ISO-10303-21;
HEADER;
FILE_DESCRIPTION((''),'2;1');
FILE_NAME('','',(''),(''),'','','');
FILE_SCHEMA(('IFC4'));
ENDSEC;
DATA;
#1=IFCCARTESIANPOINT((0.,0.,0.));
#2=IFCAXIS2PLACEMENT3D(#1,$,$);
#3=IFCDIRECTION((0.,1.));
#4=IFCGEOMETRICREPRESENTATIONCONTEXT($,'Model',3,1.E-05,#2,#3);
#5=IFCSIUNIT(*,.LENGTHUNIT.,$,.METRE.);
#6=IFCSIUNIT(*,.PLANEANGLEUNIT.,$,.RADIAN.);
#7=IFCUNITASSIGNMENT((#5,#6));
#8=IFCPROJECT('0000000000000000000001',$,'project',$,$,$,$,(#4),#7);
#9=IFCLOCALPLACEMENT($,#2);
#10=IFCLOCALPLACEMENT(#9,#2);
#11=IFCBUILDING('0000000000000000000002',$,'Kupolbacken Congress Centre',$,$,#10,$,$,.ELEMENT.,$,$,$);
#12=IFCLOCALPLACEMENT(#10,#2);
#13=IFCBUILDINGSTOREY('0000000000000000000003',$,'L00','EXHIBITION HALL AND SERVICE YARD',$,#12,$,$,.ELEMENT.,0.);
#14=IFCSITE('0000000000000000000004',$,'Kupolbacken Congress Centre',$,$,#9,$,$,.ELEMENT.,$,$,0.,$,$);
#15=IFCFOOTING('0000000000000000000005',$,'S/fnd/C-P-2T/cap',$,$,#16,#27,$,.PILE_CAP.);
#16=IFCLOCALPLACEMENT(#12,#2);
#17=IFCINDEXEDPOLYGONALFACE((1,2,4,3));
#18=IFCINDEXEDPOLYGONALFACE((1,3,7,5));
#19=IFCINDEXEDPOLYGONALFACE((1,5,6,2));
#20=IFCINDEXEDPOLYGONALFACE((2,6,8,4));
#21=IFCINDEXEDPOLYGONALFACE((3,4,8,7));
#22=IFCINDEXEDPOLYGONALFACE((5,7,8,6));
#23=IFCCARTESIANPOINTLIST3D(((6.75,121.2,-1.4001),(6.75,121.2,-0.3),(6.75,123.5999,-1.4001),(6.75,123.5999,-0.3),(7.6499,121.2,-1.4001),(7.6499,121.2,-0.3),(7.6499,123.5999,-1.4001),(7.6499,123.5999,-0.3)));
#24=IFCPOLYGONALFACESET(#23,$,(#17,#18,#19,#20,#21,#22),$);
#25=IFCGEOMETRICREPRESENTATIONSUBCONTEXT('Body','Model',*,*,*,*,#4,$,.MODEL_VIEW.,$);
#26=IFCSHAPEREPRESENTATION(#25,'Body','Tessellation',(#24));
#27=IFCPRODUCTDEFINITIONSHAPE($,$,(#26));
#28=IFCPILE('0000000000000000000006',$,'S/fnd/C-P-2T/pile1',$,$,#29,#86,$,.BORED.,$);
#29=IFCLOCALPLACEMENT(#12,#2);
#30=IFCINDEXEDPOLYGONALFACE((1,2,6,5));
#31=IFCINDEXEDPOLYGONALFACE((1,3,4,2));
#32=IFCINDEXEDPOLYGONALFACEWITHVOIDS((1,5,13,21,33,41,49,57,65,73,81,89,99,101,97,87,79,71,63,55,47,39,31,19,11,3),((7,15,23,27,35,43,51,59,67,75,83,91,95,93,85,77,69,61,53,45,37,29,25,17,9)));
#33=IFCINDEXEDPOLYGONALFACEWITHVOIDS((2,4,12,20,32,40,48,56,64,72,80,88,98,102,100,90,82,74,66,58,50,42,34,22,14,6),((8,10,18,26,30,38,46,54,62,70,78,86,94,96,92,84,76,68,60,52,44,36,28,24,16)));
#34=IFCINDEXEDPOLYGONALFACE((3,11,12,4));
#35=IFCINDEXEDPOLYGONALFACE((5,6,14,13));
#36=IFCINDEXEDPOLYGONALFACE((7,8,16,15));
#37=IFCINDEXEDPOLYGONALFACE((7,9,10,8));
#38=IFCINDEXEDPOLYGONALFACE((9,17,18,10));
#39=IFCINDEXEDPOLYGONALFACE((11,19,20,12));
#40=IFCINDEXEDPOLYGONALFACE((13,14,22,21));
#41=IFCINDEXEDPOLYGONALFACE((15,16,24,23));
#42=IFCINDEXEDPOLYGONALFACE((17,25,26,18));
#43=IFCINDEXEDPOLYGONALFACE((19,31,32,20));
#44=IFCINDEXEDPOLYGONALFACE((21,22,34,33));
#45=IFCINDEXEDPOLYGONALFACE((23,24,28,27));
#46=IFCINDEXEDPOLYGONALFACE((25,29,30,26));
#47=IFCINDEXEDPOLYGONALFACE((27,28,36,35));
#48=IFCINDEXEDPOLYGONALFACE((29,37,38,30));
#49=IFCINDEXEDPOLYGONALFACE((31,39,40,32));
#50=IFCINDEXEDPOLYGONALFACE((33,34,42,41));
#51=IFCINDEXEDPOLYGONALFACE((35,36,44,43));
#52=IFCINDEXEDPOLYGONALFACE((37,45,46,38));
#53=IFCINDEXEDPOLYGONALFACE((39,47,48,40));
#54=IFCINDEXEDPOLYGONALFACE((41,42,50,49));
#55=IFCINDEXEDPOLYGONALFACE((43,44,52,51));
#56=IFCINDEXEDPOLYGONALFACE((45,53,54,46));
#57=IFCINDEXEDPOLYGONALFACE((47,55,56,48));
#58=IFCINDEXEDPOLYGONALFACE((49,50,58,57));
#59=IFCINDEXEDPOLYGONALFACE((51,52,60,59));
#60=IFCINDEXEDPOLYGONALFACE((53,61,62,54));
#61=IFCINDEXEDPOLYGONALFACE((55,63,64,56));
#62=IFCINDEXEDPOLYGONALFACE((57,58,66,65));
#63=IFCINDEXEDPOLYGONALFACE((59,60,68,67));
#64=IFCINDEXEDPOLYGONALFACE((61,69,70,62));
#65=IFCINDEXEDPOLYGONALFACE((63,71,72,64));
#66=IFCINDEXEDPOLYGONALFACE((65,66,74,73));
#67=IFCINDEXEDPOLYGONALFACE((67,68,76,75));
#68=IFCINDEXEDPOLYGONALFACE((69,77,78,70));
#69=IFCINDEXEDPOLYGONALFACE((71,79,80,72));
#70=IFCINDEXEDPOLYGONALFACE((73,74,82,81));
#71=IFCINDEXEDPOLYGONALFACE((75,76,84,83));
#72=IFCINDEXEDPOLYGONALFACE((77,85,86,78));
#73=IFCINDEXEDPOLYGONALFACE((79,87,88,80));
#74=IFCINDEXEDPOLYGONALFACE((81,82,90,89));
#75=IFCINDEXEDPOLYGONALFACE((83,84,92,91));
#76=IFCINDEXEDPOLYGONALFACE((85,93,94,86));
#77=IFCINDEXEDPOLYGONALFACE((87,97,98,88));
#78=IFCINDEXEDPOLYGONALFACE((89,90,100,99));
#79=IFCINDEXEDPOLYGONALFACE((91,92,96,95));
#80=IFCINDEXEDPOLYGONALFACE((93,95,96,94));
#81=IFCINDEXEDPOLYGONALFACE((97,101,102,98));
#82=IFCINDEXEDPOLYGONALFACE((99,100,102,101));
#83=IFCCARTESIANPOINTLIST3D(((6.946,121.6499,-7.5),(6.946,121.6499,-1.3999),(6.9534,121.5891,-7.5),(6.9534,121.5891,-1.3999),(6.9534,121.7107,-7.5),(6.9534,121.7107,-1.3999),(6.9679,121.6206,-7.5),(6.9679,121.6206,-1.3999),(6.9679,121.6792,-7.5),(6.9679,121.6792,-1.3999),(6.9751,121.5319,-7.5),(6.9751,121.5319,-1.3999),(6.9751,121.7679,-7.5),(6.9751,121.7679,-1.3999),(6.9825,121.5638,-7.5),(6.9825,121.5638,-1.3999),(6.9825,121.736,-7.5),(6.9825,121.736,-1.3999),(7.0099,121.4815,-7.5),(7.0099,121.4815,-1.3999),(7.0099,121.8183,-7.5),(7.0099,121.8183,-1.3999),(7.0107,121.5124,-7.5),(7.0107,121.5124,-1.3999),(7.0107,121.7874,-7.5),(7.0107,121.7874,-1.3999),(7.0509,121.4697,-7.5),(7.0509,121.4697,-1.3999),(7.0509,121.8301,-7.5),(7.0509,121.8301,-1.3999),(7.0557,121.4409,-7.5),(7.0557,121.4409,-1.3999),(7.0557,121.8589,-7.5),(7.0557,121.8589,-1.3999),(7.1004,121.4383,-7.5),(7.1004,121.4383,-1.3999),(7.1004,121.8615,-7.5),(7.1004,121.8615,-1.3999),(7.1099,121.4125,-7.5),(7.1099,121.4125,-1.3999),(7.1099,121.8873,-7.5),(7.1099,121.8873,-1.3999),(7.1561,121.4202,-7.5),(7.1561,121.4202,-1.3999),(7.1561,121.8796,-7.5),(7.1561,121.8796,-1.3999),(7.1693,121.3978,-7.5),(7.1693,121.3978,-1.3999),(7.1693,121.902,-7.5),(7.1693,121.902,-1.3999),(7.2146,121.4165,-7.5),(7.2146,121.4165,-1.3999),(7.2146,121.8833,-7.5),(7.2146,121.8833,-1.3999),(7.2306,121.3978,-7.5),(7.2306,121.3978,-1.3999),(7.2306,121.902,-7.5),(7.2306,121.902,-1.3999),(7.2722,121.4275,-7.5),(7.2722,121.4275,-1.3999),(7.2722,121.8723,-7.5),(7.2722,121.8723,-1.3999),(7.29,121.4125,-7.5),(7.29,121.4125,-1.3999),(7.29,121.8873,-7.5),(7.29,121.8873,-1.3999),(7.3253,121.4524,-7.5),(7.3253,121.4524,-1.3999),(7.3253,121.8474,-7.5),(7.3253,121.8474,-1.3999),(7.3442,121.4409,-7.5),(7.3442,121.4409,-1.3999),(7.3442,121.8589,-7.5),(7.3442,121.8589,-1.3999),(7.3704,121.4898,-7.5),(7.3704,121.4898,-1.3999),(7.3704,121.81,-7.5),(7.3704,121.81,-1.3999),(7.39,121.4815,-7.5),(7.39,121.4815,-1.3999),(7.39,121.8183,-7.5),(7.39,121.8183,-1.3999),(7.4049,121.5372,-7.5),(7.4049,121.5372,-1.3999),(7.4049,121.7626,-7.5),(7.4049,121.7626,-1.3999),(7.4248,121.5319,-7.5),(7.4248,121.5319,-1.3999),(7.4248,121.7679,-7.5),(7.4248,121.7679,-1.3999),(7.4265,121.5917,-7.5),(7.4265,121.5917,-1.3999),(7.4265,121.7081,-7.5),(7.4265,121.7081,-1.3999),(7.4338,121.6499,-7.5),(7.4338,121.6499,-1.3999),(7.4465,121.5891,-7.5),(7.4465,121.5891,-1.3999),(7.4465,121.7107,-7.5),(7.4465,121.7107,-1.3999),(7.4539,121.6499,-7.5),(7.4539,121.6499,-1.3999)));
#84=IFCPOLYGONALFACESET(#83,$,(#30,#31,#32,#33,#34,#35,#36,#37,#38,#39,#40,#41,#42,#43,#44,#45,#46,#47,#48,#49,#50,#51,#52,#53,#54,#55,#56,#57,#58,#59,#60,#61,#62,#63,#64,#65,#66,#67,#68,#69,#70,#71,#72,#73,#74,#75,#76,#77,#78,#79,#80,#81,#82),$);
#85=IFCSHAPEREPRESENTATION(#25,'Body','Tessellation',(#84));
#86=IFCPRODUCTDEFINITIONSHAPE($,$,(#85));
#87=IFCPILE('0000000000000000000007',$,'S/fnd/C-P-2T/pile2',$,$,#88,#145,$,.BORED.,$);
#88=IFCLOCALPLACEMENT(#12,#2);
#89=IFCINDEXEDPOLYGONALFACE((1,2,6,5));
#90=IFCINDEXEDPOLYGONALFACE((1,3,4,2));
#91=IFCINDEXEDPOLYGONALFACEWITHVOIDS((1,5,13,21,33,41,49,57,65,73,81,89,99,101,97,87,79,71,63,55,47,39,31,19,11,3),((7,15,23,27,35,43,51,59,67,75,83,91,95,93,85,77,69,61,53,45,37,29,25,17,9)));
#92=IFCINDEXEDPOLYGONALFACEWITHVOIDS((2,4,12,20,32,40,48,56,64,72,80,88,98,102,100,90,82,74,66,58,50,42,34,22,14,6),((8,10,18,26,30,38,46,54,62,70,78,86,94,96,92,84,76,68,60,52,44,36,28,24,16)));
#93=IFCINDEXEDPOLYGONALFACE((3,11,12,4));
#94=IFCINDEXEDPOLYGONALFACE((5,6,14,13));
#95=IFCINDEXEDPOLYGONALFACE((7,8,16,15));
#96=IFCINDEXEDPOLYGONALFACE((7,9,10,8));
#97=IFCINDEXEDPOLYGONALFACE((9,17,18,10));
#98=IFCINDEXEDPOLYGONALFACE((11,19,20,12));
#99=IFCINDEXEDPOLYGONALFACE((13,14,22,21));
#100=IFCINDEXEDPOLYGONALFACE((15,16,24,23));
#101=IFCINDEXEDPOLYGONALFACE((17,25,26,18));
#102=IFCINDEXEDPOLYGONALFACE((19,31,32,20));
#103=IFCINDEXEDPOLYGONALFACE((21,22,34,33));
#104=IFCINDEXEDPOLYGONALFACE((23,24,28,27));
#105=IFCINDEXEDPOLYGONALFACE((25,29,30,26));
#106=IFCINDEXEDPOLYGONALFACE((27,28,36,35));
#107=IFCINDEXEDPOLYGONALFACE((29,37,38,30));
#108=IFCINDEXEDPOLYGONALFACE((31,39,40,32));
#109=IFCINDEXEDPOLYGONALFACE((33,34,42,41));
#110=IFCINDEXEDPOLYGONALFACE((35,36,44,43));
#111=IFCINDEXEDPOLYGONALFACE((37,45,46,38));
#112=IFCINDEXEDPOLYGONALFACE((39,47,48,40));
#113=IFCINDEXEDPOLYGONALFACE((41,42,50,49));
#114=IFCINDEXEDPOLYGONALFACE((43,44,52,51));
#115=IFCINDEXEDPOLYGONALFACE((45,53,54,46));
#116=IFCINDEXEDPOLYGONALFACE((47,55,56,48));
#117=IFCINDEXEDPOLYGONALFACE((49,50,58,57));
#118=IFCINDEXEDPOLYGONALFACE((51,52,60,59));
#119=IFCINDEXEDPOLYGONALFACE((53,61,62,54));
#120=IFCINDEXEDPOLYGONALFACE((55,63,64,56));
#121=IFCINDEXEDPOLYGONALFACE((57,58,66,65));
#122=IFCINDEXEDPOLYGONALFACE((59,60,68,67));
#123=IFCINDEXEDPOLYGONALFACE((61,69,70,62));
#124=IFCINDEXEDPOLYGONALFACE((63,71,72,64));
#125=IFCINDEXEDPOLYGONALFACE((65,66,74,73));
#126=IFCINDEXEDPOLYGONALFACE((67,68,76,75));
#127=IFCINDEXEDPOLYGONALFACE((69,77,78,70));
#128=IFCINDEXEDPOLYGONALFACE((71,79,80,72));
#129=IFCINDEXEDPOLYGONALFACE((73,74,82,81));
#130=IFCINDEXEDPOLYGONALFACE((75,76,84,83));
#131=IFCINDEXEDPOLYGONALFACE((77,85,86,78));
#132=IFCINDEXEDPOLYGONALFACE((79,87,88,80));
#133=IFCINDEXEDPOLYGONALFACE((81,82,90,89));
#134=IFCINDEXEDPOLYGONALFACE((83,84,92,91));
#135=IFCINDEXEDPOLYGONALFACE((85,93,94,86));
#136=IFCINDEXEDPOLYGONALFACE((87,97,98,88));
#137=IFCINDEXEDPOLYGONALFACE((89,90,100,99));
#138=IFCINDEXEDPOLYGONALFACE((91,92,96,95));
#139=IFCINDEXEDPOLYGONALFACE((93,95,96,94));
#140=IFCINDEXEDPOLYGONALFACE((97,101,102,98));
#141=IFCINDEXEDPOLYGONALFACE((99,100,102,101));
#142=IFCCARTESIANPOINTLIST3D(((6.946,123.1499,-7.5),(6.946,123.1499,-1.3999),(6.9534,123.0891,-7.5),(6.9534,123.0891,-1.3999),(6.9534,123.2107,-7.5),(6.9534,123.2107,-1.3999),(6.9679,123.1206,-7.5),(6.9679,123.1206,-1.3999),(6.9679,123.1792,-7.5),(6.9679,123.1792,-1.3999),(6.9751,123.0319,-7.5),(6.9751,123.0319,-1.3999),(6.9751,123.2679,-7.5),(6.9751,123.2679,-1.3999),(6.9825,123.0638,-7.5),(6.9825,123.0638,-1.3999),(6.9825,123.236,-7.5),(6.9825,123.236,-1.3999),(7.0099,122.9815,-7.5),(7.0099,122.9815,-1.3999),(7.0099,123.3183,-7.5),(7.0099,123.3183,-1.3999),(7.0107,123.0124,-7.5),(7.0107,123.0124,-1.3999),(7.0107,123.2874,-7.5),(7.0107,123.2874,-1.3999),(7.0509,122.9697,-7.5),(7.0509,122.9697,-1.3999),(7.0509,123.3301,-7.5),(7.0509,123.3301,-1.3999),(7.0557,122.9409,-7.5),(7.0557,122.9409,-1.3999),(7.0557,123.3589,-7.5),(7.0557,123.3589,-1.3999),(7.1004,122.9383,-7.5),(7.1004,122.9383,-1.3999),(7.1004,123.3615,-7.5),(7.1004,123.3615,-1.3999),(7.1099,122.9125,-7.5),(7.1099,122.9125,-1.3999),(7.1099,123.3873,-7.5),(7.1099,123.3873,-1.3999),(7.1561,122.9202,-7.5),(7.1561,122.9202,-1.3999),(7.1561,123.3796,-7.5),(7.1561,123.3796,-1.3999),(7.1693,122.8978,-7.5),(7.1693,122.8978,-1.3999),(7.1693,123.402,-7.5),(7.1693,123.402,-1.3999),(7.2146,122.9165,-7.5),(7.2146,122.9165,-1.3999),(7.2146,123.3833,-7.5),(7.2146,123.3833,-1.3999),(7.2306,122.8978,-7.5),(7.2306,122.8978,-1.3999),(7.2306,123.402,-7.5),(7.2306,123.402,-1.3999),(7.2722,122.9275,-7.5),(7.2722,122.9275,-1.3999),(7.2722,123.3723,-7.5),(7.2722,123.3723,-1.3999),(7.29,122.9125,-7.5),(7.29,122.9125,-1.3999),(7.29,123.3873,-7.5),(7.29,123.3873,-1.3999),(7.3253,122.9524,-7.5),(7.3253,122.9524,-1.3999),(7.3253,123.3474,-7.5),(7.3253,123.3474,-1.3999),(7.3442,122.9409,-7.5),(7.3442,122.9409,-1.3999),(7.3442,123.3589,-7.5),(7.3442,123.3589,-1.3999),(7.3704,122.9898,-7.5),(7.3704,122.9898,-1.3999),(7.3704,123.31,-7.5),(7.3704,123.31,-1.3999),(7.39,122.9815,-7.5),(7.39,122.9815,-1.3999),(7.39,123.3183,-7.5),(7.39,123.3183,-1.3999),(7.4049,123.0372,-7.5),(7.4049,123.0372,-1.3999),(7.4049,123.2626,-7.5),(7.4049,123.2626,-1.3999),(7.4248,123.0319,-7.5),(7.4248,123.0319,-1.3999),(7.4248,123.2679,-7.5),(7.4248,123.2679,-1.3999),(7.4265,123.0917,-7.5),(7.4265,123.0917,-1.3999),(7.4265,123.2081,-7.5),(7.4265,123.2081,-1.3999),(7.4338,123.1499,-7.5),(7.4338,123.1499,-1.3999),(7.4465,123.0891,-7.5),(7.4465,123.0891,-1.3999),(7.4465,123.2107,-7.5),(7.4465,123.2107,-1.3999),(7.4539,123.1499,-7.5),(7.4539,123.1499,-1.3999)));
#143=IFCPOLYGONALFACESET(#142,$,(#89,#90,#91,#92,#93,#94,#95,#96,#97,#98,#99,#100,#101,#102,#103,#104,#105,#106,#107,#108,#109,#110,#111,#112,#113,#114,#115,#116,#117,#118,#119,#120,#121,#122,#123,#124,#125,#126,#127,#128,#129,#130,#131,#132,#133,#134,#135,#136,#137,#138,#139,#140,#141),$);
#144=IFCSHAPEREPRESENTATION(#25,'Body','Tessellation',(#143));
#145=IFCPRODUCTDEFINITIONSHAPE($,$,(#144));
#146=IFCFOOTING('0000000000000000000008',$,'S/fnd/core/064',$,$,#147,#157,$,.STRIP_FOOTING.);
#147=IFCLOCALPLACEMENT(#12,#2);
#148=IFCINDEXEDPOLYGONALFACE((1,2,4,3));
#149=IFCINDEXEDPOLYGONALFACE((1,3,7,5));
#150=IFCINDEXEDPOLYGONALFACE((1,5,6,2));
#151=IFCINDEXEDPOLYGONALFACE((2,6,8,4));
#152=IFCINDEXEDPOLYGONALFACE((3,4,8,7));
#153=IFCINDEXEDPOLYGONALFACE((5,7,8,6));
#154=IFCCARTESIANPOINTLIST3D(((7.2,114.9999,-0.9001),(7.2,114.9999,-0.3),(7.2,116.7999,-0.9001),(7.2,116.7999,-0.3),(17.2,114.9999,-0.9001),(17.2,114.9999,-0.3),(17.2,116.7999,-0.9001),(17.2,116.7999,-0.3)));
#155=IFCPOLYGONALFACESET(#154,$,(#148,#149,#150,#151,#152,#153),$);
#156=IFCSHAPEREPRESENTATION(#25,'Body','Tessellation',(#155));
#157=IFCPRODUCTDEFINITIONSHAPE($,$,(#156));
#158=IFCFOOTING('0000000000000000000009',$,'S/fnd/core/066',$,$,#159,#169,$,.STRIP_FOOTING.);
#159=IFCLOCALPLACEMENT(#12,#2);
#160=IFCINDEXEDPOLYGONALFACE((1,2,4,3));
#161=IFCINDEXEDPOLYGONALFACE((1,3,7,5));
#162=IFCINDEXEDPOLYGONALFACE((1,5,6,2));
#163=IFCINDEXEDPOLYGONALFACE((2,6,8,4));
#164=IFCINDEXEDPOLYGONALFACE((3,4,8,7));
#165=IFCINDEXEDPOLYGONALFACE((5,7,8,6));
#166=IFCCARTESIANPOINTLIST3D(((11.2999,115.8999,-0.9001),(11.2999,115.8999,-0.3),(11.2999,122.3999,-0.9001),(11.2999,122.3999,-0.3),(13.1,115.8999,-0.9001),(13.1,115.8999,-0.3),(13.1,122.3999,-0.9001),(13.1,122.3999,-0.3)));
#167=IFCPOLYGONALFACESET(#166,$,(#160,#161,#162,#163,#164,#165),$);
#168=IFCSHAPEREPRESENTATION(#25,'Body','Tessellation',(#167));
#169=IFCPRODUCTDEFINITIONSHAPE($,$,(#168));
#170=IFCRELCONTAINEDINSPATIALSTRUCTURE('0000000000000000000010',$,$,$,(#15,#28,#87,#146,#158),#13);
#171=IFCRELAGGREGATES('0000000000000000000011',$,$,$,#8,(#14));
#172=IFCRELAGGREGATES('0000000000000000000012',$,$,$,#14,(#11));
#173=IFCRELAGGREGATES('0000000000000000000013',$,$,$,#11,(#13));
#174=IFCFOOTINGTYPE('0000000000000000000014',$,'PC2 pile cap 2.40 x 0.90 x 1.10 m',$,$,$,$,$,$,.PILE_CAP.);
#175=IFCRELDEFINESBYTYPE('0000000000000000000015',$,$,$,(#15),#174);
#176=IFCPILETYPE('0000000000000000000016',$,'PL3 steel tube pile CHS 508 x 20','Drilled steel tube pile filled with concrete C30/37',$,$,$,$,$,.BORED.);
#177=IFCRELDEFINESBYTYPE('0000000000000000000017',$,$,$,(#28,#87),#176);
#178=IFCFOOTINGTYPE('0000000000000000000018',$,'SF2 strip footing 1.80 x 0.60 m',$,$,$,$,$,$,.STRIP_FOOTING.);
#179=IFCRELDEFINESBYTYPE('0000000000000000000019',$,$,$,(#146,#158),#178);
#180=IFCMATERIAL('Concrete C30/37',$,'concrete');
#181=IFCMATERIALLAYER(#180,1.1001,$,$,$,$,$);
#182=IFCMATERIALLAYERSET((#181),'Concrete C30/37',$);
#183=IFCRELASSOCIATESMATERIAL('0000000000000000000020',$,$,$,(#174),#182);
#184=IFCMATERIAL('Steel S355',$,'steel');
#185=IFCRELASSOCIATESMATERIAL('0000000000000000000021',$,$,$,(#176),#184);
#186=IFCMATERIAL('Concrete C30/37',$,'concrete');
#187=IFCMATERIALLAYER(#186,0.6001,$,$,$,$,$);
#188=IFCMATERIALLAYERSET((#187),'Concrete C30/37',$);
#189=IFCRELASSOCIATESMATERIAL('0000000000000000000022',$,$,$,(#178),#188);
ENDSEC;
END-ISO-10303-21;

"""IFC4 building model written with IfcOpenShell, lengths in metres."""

from ifc_helpers import new_model, si_unit, direction, frame, origin, origin_2d, place, context, subcontext, project, spatial, rectangle, hollow_circle, extrude, material, layer, layer_set, material_profile, profile_set, type_object, element, save


model = new_model("IFC4")

# Units and contexts
model_context = context("Model", 3, precision=1e-05, world=origin(), true_north=direction((0.0, 1.0)))
body_context = subcontext(model_context, "Body", "Model", "MODEL_VIEW")
ifc_project = project(units=[si_unit("LENGTHUNIT", "METRE"), si_unit("PLANEANGLEUNIT", "RADIAN")], contexts=[model_context])

# Site, building, storey
site_placement = place(None, origin())
site = spatial("IfcSite", under=ifc_project, at=site_placement, Name="Kupolbacken Congress Centre", CompositionType="ELEMENT", RefElevation=0.0)
building_placement = place(site_placement, origin())
building = spatial("IfcBuilding", under=site, at=building_placement, Name="Kupolbacken Congress Centre", CompositionType="ELEMENT")
storey_placement = place(building_placement, origin())
storey = spatial("IfcBuildingStorey", under=building, at=storey_placement, Name="L00", Description="EXHIBITION HALL AND SERVICE YARD", CompositionType="ELEMENT", Elevation=0.0)

# Footing
ifc_material_1 = material(Name="Concrete C30/37", Category="concrete")
ifc_layer_1 = layer(ifc_material_1, 1.1001)
ifc_layer_set_1 = layer_set([ifc_layer_1], Name="Concrete C30/37")
footing_type_1 = type_object("IfcFootingType", Name="PC2 pile cap 2.40 x 0.90 x 1.10 m", PredefinedType="PILE_CAP", material=ifc_layer_set_1)
footing_1_placement = place(storey_placement, frame((7.2, 122.3999, -1.4001), z_axis=(0.0, 0.0, 1.0), x_axis=(1.0, 0.0, 0.0)))
element("IfcFooting", 1, at=footing_1_placement, inside=storey, type_object=footing_type_1, Name="S/fnd/C-P-2T/cap", PredefinedType="PILE_CAP", context=body_context, shape_type="SweptSolid", body=[
    extrude(rectangle(XDim=0.8999, YDim=2.3999, at=origin_2d()), origin(), (0.0, 0.0, 1.0), 1.1001),
])

# Piles
ifc_material_2 = material(Name="Steel S355", Category="steel")
ifc_material_profile_1 = material_profile(ifc_material_2, hollow_circle(Radius=0.2539, WallThickness=0.02, at=origin_2d()), Name="CHS 508 x 20")
ifc_profile_set_1 = profile_set([ifc_material_profile_1], Name="Steel S355")
pile_type = type_object("IfcPileType", Name="PL3 steel tube pile CHS 508 x 20", Description="Drilled steel tube pile filled with concrete C30/37", PredefinedType="BORED", material=ifc_profile_set_1)
for number, where, z_axis, x_axis, name in (
    (2, (7.2, 121.6499, -1.3999), (0.0, 0.0, -1.0), (1.0, 0.0, 0.0), "S/fnd/C-P-2T/pile1"),
    (3, (7.2, 123.1499, -1.3999), (0.0, 0.0, -1.0), (1.0, 0.0, 0.0), "S/fnd/C-P-2T/pile2"),
):
    element("IfcPile", number, at=place(storey_placement, frame(where, z_axis=z_axis, x_axis=x_axis)), inside=storey, type_object=pile_type, Name=name, PredefinedType="BORED", context=body_context, shape_type="SweptSolid", body=[
        extrude(hollow_circle(Radius=0.2539, WallThickness=0.02, at=origin_2d()), origin(), (0.0, 0.0, 1.0), 6.1001),
    ])

# Footings
ifc_material_3 = material(Name="Concrete C30/37", Category="concrete")
ifc_layer_2 = layer(ifc_material_3, 0.6001)
ifc_layer_set_2 = layer_set([ifc_layer_2], Name="Concrete C30/37")
footing_type_2 = type_object("IfcFootingType", Name="SF2 strip footing 1.80 x 0.60 m", PredefinedType="STRIP_FOOTING", material=ifc_layer_set_2)
footing_2_placement = place(storey_placement, frame((12.2, 115.8999, -0.9001), z_axis=(0.0, 0.0, 1.0), x_axis=(1.0, 0.0, 0.0)))
element("IfcFooting", 4, at=footing_2_placement, inside=storey, type_object=footing_type_2, Name="S/fnd/core/064", PredefinedType="STRIP_FOOTING", context=body_context, shape_type="SweptSolid", body=[
    extrude(rectangle(XDim=10.0, YDim=1.8, at=origin_2d()), origin(), (0.0, 0.0, 1.0), 0.6001),
])
footing_3_placement = place(storey_placement, frame((12.2, 119.1499, -0.9001), z_axis=(0.0, 0.0, 1.0), x_axis=(0.0, 1.0, 0.0)))
element("IfcFooting", 5, at=footing_3_placement, inside=storey, type_object=footing_type_2, Name="S/fnd/core/066", PredefinedType="STRIP_FOOTING", context=body_context, shape_type="SweptSolid", body=[
    extrude(rectangle(XDim=6.5, YDim=1.8, at=origin_2d()), origin(), (0.0, 0.0, 1.0), 0.6001),
])

save(model, "model.ifc")
